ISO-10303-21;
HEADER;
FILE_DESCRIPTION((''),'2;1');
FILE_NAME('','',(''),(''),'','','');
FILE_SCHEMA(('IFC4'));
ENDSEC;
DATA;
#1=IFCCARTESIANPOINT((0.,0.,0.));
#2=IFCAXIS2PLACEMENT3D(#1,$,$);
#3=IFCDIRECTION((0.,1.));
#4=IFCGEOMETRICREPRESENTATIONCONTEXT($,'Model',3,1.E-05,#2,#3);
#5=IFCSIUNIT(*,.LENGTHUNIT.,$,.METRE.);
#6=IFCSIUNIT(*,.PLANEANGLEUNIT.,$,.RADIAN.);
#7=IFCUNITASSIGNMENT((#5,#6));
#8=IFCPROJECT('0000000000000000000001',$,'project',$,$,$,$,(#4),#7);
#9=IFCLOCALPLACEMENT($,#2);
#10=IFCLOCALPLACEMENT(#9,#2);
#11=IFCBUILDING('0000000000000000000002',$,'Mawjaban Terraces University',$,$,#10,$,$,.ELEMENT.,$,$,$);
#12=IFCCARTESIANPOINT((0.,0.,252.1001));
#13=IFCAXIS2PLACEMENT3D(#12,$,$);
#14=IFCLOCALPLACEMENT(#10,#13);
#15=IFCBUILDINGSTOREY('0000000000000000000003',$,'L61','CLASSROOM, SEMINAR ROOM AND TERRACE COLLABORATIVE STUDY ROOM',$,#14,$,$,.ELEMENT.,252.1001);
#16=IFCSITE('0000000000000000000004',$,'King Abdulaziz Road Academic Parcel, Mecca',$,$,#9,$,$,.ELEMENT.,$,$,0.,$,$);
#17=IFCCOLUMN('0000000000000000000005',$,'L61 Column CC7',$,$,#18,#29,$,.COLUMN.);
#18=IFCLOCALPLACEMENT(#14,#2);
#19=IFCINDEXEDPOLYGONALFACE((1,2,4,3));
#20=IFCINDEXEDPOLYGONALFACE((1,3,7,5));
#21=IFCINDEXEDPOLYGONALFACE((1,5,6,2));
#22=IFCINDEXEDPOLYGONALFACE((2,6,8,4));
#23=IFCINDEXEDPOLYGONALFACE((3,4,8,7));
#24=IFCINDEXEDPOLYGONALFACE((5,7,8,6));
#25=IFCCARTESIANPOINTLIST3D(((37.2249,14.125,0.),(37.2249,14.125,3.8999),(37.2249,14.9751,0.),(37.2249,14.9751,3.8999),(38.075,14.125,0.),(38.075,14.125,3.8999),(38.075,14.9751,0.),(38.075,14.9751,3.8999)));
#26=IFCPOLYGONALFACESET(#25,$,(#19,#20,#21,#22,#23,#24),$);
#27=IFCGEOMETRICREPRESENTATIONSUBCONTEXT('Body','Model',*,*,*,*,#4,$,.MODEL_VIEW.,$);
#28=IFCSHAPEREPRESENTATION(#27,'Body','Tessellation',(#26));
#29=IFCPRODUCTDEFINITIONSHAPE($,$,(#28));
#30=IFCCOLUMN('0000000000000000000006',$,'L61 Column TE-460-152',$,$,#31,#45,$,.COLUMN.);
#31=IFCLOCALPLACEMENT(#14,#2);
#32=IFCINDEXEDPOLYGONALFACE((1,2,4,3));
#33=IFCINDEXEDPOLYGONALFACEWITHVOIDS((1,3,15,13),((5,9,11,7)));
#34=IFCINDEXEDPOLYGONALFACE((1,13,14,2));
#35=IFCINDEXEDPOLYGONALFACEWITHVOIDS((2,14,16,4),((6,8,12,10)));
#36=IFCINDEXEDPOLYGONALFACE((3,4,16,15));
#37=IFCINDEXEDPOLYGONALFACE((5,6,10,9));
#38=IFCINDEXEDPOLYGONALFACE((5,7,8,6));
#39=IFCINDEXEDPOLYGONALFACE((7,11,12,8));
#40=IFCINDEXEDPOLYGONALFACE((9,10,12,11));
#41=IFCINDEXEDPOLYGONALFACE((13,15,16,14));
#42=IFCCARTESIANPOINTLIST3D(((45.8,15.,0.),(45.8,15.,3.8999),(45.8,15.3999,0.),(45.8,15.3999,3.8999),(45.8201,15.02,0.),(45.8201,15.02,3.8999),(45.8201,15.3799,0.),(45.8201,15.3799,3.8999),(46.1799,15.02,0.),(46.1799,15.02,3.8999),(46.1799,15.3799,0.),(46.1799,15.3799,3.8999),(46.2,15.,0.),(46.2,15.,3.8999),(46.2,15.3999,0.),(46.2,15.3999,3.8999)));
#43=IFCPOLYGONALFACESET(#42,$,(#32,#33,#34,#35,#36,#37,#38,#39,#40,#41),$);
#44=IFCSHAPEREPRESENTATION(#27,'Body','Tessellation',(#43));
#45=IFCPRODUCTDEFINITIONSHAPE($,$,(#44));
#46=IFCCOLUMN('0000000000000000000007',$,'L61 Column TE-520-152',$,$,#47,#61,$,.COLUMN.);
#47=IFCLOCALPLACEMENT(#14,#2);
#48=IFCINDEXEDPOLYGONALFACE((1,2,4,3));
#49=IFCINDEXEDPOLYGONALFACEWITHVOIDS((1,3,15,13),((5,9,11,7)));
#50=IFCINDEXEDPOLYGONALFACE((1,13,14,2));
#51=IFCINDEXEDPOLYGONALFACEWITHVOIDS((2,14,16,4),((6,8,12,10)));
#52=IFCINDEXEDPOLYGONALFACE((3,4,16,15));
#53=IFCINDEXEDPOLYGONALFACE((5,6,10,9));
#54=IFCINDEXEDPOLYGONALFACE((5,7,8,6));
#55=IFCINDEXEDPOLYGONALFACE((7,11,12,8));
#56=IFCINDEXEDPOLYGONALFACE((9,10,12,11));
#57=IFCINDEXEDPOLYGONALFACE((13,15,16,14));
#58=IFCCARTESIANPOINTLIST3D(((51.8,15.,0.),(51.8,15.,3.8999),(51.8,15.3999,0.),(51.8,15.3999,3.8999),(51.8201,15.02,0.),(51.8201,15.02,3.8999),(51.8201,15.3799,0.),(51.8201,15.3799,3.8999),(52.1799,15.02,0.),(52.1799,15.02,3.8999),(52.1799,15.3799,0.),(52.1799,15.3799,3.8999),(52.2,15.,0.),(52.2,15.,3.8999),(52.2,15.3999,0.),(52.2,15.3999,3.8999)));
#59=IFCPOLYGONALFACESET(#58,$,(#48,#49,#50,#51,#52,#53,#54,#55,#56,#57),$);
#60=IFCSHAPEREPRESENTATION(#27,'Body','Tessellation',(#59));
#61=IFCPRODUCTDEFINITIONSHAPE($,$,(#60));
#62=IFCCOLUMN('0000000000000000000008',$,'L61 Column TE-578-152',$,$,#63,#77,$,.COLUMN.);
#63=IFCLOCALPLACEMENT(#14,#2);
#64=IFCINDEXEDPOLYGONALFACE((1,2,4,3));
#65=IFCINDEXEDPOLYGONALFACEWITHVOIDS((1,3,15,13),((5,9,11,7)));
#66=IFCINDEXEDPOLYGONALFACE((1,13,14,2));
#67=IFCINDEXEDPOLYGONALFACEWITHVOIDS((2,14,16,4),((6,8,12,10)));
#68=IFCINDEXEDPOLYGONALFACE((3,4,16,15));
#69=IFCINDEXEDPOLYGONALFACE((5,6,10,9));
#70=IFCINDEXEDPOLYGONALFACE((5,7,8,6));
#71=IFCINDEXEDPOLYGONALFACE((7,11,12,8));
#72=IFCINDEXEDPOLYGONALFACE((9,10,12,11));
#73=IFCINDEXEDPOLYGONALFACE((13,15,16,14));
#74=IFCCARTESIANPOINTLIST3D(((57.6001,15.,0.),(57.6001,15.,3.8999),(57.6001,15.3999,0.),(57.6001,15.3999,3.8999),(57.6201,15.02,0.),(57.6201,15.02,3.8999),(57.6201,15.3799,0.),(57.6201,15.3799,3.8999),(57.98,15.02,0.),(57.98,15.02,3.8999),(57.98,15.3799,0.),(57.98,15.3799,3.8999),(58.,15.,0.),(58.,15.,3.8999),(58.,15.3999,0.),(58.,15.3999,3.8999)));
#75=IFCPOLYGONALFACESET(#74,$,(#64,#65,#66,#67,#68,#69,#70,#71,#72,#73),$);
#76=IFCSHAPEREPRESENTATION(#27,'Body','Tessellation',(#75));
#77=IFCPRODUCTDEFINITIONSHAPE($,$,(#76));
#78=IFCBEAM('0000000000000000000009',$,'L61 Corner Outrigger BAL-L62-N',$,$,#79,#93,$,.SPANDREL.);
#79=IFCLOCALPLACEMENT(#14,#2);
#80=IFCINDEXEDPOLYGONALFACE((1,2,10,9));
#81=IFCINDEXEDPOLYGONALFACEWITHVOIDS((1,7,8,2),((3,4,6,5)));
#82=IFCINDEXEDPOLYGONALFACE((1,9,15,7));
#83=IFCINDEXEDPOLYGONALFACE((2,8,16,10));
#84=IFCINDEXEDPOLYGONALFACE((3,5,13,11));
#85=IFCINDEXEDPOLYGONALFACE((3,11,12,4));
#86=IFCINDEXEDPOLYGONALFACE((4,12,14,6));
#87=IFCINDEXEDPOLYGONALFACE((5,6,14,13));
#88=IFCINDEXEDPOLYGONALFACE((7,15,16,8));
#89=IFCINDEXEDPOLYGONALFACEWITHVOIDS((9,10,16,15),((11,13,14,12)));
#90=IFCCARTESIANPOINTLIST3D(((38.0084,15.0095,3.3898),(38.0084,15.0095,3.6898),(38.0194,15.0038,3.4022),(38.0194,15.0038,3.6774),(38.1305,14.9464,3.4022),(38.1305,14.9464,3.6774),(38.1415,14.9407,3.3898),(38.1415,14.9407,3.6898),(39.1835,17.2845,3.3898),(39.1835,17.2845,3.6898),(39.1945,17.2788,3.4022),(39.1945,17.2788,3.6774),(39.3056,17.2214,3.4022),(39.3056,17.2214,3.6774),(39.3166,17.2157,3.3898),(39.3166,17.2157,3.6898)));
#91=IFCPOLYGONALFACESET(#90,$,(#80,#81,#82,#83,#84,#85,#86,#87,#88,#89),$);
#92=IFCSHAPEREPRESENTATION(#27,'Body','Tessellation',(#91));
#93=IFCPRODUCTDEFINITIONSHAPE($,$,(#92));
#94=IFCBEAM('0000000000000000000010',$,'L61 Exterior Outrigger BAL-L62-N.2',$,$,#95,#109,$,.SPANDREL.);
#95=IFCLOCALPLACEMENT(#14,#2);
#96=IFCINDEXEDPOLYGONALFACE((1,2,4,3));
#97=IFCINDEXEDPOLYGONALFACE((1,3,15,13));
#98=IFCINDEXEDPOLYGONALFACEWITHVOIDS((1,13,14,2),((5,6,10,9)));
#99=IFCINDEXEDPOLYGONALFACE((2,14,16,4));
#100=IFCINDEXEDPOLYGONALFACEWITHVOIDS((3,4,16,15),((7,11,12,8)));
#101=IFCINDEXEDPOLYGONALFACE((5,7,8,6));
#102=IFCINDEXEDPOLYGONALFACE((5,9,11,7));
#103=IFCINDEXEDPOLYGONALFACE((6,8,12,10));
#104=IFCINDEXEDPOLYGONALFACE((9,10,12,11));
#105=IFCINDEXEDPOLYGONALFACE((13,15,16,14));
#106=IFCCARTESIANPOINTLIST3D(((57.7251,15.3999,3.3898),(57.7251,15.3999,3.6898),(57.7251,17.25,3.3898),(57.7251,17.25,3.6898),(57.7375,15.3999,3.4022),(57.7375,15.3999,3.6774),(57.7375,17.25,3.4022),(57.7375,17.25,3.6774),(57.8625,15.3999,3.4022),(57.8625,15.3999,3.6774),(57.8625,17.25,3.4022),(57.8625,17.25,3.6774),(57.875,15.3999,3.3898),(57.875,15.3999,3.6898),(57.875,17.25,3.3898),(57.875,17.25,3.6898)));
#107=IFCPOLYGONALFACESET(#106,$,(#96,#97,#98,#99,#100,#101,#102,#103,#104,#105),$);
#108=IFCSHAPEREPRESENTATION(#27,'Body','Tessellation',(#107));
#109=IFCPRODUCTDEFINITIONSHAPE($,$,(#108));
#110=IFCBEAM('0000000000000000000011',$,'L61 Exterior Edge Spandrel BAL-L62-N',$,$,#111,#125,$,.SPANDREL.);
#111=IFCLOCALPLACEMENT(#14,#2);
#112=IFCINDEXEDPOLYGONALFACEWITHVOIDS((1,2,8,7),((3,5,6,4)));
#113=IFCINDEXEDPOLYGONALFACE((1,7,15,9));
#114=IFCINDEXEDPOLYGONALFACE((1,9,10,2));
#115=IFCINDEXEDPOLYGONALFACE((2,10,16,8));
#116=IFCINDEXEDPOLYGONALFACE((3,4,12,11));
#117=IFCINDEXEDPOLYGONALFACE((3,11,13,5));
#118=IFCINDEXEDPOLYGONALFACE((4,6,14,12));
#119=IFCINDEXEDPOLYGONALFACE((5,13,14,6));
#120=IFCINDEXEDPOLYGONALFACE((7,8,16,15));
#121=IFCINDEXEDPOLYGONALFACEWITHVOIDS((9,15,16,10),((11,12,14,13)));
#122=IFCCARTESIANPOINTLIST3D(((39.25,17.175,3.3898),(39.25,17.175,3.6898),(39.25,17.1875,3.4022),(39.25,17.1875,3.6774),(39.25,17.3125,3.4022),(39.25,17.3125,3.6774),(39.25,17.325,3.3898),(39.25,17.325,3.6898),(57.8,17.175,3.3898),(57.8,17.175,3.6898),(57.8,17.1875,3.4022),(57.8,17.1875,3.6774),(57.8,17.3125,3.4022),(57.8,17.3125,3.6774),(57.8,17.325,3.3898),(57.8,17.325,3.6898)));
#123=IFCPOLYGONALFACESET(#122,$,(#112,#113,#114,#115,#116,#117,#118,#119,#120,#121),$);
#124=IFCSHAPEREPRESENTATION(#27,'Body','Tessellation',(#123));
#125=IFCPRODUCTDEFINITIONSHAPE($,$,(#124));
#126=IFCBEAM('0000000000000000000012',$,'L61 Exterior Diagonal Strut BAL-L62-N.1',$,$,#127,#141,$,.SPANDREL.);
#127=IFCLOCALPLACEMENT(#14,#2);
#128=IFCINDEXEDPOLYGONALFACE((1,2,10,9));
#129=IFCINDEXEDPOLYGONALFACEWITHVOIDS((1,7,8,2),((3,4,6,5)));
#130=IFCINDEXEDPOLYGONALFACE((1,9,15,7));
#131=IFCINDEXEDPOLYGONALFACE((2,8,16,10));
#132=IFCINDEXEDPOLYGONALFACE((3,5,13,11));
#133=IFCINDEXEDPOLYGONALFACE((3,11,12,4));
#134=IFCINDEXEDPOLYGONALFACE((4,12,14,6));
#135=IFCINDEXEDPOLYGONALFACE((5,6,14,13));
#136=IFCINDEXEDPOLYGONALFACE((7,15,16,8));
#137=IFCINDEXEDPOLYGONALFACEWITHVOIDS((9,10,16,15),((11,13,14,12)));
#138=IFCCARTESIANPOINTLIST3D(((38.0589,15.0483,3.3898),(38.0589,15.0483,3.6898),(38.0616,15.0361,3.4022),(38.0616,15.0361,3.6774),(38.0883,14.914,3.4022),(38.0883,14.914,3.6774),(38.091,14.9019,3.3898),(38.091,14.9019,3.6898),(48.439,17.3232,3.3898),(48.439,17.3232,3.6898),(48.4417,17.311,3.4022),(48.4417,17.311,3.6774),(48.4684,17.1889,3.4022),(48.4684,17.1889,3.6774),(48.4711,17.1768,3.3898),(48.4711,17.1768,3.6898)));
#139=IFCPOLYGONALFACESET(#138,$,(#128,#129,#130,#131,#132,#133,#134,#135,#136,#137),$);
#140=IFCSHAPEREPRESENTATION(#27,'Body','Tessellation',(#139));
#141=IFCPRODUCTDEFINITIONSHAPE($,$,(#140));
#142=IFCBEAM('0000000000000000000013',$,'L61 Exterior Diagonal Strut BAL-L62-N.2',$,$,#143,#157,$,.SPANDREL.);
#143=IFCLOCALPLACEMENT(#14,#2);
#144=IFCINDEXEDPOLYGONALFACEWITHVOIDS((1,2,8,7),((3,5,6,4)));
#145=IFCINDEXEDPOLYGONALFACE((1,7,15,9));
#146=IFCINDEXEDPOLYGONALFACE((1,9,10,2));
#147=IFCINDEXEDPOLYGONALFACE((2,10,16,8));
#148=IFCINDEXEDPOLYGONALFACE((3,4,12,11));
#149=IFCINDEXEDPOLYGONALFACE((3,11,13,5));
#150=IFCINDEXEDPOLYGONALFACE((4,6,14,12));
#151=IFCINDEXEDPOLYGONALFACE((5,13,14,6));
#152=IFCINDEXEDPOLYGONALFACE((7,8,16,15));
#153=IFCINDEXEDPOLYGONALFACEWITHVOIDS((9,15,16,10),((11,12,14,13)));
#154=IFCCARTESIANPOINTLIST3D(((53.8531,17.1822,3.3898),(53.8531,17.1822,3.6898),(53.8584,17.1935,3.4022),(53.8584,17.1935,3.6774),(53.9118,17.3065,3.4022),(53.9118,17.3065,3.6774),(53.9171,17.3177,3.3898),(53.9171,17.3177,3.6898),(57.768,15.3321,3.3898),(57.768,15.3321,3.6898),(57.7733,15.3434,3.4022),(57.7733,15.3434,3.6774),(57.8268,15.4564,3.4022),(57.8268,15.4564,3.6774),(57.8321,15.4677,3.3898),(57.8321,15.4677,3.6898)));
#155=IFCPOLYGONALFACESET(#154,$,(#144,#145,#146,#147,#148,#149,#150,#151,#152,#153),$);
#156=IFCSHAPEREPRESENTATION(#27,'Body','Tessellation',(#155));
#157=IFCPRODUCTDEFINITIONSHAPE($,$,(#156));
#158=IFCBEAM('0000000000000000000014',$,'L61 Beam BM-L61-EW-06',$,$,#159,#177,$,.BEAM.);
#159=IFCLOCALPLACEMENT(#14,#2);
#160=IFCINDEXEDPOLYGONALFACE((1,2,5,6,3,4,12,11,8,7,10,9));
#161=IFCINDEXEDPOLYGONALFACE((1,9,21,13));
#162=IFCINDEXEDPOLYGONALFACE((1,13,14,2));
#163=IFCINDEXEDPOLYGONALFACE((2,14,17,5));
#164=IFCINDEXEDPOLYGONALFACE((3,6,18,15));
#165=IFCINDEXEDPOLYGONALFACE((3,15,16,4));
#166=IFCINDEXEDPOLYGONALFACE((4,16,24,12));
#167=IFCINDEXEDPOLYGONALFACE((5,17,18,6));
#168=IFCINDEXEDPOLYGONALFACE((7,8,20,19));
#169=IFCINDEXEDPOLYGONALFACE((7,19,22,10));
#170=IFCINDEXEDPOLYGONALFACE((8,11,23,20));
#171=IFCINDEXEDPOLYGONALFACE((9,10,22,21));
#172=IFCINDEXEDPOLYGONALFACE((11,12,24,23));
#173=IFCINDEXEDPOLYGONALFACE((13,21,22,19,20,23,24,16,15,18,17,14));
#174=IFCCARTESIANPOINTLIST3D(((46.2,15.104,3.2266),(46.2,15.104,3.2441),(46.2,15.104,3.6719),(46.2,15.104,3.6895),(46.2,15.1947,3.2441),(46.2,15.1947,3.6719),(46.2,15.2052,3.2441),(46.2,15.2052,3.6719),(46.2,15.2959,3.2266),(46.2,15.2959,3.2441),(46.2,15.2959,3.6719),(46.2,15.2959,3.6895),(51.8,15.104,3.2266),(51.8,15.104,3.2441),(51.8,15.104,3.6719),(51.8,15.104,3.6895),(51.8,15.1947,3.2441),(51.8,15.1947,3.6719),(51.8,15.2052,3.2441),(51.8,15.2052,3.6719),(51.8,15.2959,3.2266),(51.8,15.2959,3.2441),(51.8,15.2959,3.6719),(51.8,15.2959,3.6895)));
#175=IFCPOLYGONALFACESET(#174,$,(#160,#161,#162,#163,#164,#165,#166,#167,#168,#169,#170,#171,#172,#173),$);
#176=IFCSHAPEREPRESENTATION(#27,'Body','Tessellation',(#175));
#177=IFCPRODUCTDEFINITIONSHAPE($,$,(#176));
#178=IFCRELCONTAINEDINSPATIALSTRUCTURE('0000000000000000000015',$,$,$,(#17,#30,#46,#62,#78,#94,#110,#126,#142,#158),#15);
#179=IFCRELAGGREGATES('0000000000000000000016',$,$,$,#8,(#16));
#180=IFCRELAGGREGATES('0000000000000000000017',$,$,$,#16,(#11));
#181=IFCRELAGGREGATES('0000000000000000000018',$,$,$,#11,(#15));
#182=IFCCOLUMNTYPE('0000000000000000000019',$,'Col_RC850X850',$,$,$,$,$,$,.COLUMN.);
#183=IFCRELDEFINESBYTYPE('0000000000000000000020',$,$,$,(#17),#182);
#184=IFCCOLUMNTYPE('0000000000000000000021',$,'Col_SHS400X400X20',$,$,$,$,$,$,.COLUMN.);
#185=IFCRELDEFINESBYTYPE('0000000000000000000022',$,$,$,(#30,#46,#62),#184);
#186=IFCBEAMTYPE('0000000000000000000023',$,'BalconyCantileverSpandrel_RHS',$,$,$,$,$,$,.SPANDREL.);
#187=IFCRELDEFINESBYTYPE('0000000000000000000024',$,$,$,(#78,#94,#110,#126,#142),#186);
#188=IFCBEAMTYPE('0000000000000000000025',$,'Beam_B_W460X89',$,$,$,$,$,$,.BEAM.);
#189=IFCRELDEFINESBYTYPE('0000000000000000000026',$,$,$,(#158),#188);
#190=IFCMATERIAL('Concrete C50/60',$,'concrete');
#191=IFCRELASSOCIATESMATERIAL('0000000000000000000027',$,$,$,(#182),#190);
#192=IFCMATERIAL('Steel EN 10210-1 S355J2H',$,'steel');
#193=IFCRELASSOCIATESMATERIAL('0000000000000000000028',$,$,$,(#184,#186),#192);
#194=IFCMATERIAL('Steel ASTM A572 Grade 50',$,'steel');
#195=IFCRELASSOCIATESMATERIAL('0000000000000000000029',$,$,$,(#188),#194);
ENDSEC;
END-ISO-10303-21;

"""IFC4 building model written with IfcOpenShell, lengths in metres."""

from ifc_helpers import new_model, si_unit, direction, frame, origin, origin_2d, place, context, subcontext, project, spatial, rectangle, hollow_rectangle, i_section, extrude, material, material_profile, profile_set, type_object, element, save


model = new_model("IFC4")

# Units and contexts
model_context = context("Model", 3, precision=1e-05, world=origin(), true_north=direction((0.0, 1.0)))
body_context = subcontext(model_context, "Body", "Model", "MODEL_VIEW")
ifc_project = project(units=[si_unit("LENGTHUNIT", "METRE"), si_unit("PLANEANGLEUNIT", "RADIAN")], contexts=[model_context])

# Site, building, storey
site_placement = place(None, origin())
site = spatial("IfcSite", under=ifc_project, at=site_placement, Name="King Abdulaziz Road Academic Parcel, Mecca", CompositionType="ELEMENT", RefElevation=0.0)
building_placement = place(site_placement, origin())
building = spatial("IfcBuilding", under=site, at=building_placement, Name="Mawjaban Terraces University", CompositionType="ELEMENT")
storey_placement = place(building_placement, frame((0.0, 0.0, 252.1001)))
storey = spatial("IfcBuildingStorey", under=building, at=storey_placement, Name="L61", Description="CLASSROOM, SEMINAR ROOM AND TERRACE COLLABORATIVE STUDY ROOM", CompositionType="ELEMENT", Elevation=252.1001)

# Columns
ifc_material_1 = material(Name="Concrete C50/60", Category="concrete")
ifc_material_profile_1 = material_profile(ifc_material_1, rectangle(XDim=0.8501, YDim=0.8501, at=origin_2d()), Name="RC850X850")
ifc_profile_set_1 = profile_set([ifc_material_profile_1], Name="Concrete C50/60")
column_type_1 = type_object("IfcColumnType", Name="Col_RC850X850", PredefinedType="COLUMN", material=ifc_profile_set_1)
column_placement = place(storey_placement, frame((37.6499, 14.55, 0.0), z_axis=(0.0, 0.0, 1.0), x_axis=(1.0, 0.0, 0.0)))
element("IfcColumn", 1, at=column_placement, inside=storey, type_object=column_type_1, Name="L61 Column CC7", PredefinedType="COLUMN", context=body_context, shape_type="SweptSolid", body=[
    extrude(rectangle(XDim=0.8501, YDim=0.8501, at=origin_2d()), origin(), (0.0, 0.0, 1.0), 3.8999),
])
ifc_material_2 = material(Name="Steel EN 10210-1 S355J2H", Category="steel")
ifc_material_profile_2 = material_profile(ifc_material_2, hollow_rectangle(XDim=0.3999, YDim=0.3999, WallThickness=0.02, at=origin_2d()), Name="SHS400X400X20")
ifc_profile_set_2 = profile_set([ifc_material_profile_2], Name="Steel EN 10210-1 S355J2H")
column_type_2 = type_object("IfcColumnType", Name="Col_SHS400X400X20", PredefinedType="COLUMN", material=ifc_profile_set_2)
for number, where, z_axis, x_axis, name in (
    (2, (46.0, 15.2, 0.0), (0.0, 0.0, 1.0), (1.0, 0.0, 0.0), "L61 Column TE-460-152"),
    (3, (52.0, 15.2, 0.0), (0.0, 0.0, 1.0), (1.0, 0.0, 0.0), "L61 Column TE-520-152"),
    (4, (57.8, 15.2, 0.0), (0.0, 0.0, 1.0), (1.0, 0.0, 0.0), "L61 Column TE-578-152"),
):
    element("IfcColumn", number, at=place(storey_placement, frame(where, z_axis=z_axis, x_axis=x_axis)), inside=storey, type_object=column_type_2, Name=name, PredefinedType="COLUMN", context=body_context, shape_type="SweptSolid", body=[
        extrude(hollow_rectangle(XDim=0.3999, YDim=0.3999, WallThickness=0.02, at=origin_2d()), origin(), (0.0, 0.0, 1.0), 3.8999),
    ])

# Beams
ifc_material_profile_3 = material_profile(ifc_material_2, hollow_rectangle(XDim=0.1499, YDim=0.3, WallThickness=0.0125, at=origin_2d()), Name="RHS300X150X12.5")
ifc_profile_set_3 = profile_set([ifc_material_profile_3], Name="Steel EN 10210-1 S355J2H")
beam_type_1 = type_object("IfcBeamType", Name="BalconyCantileverSpandrel_RHS", PredefinedType="SPANDREL", material=ifc_profile_set_3)
beam_1_placement = place(storey_placement, frame((38.075, 14.9751, 3.5398), z_axis=(0.458922, 0.888476, 0.0), x_axis=(-0.888476, 0.458922, 0.0)))
element("IfcBeam", 5, at=beam_1_placement, inside=storey, type_object=beam_type_1, Name="L61 Corner Outrigger BAL-L62-N", PredefinedType="SPANDREL", context=body_context, shape_type="SweptSolid", body=[
    extrude(hollow_rectangle(XDim=0.1499, YDim=0.3, WallThickness=0.0125, at=origin_2d()), origin(), (0.0, 0.0, 1.0), 2.5605),
])
beam_2_placement = place(storey_placement, frame((57.8, 15.3999, 3.5398), z_axis=(0.0, 1.0, 0.0), x_axis=(-1.0, 0.0, 0.0)))
element("IfcBeam", 6, at=beam_2_placement, inside=storey, type_object=beam_type_1, Name="L61 Exterior Outrigger BAL-L62-N.2", PredefinedType="SPANDREL", context=body_context, shape_type="SweptSolid", body=[
    extrude(hollow_rectangle(XDim=0.1499, YDim=0.3, WallThickness=0.0125, at=origin_2d()), origin(), (0.0, 0.0, 1.0), 1.8501),
])
beam_3_placement = place(storey_placement, frame((39.25, 17.25, 3.5398), z_axis=(1.0, 0.0, 0.0), x_axis=(0.0, 1.0, 0.0)))
element("IfcBeam", 7, at=beam_3_placement, inside=storey, type_object=beam_type_1, Name="L61 Exterior Edge Spandrel BAL-L62-N", PredefinedType="SPANDREL", context=body_context, shape_type="SweptSolid", body=[
    extrude(hollow_rectangle(XDim=0.1499, YDim=0.3, WallThickness=0.0125, at=origin_2d()), origin(), (0.0, 0.0, 1.0), 18.55),
])
beam_4_placement = place(storey_placement, frame((38.075, 14.9751, 3.5398), z_axis=(0.976816, 0.214079, 0.0), x_axis=(-0.214079, 0.976816, 0.0)))
element("IfcBeam", 8, at=beam_4_placement, inside=storey, type_object=beam_type_1, Name="L61 Exterior Diagonal Strut BAL-L62-N.1", PredefinedType="SPANDREL", context=body_context, shape_type="SweptSolid", body=[
    extrude(hollow_rectangle(XDim=0.1499, YDim=0.3, WallThickness=0.0125, at=origin_2d()), origin(), (0.0, 0.0, 1.0), 10.6265),
])
beam_5_placement = place(storey_placement, frame((57.8, 15.3999, 3.5398), z_axis=(-0.90413, 0.427257, 0.0), x_axis=(-0.427257, -0.90413, 0.0)))
element("IfcBeam", 9, at=beam_5_placement, inside=storey, type_object=beam_type_1, Name="L61 Exterior Diagonal Strut BAL-L62-N.2", PredefinedType="SPANDREL", context=body_context, shape_type="SweptSolid", body=[
    extrude(hollow_rectangle(XDim=0.1499, YDim=0.3, WallThickness=0.0125, at=origin_2d()), origin(), (0.0, 0.0, 1.0), 4.3301),
])
ifc_material_3 = material(Name="Steel ASTM A572 Grade 50", Category="steel")
ifc_material_profile_4 = material_profile(ifc_material_3, i_section(OverallWidth=0.1919, OverallDepth=0.4629, WebThickness=0.0105, FlangeThickness=0.0176, at=origin_2d()), Name="W460X89")
ifc_profile_set_4 = profile_set([ifc_material_profile_4], Name="Steel ASTM A572 Grade 50")
beam_type_2 = type_object("IfcBeamType", Name="Beam_B_W460X89", PredefinedType="BEAM", material=ifc_profile_set_4)
beam_6_placement = place(storey_placement, frame((46.2, 15.2, 3.458), z_axis=(1.0, 0.0, 0.0), x_axis=(0.0, 1.0, 0.0)))
element("IfcBeam", 10, at=beam_6_placement, inside=storey, type_object=beam_type_2, Name="L61 Beam BM-L61-EW-06", PredefinedType="BEAM", context=body_context, shape_type="SweptSolid", body=[
    extrude(i_section(OverallWidth=0.1919, OverallDepth=0.4629, WebThickness=0.0105, FlangeThickness=0.0176, at=origin_2d()), origin(), (0.0, 0.0, 1.0), 5.6001),
])

save(model, "model.ifc")
